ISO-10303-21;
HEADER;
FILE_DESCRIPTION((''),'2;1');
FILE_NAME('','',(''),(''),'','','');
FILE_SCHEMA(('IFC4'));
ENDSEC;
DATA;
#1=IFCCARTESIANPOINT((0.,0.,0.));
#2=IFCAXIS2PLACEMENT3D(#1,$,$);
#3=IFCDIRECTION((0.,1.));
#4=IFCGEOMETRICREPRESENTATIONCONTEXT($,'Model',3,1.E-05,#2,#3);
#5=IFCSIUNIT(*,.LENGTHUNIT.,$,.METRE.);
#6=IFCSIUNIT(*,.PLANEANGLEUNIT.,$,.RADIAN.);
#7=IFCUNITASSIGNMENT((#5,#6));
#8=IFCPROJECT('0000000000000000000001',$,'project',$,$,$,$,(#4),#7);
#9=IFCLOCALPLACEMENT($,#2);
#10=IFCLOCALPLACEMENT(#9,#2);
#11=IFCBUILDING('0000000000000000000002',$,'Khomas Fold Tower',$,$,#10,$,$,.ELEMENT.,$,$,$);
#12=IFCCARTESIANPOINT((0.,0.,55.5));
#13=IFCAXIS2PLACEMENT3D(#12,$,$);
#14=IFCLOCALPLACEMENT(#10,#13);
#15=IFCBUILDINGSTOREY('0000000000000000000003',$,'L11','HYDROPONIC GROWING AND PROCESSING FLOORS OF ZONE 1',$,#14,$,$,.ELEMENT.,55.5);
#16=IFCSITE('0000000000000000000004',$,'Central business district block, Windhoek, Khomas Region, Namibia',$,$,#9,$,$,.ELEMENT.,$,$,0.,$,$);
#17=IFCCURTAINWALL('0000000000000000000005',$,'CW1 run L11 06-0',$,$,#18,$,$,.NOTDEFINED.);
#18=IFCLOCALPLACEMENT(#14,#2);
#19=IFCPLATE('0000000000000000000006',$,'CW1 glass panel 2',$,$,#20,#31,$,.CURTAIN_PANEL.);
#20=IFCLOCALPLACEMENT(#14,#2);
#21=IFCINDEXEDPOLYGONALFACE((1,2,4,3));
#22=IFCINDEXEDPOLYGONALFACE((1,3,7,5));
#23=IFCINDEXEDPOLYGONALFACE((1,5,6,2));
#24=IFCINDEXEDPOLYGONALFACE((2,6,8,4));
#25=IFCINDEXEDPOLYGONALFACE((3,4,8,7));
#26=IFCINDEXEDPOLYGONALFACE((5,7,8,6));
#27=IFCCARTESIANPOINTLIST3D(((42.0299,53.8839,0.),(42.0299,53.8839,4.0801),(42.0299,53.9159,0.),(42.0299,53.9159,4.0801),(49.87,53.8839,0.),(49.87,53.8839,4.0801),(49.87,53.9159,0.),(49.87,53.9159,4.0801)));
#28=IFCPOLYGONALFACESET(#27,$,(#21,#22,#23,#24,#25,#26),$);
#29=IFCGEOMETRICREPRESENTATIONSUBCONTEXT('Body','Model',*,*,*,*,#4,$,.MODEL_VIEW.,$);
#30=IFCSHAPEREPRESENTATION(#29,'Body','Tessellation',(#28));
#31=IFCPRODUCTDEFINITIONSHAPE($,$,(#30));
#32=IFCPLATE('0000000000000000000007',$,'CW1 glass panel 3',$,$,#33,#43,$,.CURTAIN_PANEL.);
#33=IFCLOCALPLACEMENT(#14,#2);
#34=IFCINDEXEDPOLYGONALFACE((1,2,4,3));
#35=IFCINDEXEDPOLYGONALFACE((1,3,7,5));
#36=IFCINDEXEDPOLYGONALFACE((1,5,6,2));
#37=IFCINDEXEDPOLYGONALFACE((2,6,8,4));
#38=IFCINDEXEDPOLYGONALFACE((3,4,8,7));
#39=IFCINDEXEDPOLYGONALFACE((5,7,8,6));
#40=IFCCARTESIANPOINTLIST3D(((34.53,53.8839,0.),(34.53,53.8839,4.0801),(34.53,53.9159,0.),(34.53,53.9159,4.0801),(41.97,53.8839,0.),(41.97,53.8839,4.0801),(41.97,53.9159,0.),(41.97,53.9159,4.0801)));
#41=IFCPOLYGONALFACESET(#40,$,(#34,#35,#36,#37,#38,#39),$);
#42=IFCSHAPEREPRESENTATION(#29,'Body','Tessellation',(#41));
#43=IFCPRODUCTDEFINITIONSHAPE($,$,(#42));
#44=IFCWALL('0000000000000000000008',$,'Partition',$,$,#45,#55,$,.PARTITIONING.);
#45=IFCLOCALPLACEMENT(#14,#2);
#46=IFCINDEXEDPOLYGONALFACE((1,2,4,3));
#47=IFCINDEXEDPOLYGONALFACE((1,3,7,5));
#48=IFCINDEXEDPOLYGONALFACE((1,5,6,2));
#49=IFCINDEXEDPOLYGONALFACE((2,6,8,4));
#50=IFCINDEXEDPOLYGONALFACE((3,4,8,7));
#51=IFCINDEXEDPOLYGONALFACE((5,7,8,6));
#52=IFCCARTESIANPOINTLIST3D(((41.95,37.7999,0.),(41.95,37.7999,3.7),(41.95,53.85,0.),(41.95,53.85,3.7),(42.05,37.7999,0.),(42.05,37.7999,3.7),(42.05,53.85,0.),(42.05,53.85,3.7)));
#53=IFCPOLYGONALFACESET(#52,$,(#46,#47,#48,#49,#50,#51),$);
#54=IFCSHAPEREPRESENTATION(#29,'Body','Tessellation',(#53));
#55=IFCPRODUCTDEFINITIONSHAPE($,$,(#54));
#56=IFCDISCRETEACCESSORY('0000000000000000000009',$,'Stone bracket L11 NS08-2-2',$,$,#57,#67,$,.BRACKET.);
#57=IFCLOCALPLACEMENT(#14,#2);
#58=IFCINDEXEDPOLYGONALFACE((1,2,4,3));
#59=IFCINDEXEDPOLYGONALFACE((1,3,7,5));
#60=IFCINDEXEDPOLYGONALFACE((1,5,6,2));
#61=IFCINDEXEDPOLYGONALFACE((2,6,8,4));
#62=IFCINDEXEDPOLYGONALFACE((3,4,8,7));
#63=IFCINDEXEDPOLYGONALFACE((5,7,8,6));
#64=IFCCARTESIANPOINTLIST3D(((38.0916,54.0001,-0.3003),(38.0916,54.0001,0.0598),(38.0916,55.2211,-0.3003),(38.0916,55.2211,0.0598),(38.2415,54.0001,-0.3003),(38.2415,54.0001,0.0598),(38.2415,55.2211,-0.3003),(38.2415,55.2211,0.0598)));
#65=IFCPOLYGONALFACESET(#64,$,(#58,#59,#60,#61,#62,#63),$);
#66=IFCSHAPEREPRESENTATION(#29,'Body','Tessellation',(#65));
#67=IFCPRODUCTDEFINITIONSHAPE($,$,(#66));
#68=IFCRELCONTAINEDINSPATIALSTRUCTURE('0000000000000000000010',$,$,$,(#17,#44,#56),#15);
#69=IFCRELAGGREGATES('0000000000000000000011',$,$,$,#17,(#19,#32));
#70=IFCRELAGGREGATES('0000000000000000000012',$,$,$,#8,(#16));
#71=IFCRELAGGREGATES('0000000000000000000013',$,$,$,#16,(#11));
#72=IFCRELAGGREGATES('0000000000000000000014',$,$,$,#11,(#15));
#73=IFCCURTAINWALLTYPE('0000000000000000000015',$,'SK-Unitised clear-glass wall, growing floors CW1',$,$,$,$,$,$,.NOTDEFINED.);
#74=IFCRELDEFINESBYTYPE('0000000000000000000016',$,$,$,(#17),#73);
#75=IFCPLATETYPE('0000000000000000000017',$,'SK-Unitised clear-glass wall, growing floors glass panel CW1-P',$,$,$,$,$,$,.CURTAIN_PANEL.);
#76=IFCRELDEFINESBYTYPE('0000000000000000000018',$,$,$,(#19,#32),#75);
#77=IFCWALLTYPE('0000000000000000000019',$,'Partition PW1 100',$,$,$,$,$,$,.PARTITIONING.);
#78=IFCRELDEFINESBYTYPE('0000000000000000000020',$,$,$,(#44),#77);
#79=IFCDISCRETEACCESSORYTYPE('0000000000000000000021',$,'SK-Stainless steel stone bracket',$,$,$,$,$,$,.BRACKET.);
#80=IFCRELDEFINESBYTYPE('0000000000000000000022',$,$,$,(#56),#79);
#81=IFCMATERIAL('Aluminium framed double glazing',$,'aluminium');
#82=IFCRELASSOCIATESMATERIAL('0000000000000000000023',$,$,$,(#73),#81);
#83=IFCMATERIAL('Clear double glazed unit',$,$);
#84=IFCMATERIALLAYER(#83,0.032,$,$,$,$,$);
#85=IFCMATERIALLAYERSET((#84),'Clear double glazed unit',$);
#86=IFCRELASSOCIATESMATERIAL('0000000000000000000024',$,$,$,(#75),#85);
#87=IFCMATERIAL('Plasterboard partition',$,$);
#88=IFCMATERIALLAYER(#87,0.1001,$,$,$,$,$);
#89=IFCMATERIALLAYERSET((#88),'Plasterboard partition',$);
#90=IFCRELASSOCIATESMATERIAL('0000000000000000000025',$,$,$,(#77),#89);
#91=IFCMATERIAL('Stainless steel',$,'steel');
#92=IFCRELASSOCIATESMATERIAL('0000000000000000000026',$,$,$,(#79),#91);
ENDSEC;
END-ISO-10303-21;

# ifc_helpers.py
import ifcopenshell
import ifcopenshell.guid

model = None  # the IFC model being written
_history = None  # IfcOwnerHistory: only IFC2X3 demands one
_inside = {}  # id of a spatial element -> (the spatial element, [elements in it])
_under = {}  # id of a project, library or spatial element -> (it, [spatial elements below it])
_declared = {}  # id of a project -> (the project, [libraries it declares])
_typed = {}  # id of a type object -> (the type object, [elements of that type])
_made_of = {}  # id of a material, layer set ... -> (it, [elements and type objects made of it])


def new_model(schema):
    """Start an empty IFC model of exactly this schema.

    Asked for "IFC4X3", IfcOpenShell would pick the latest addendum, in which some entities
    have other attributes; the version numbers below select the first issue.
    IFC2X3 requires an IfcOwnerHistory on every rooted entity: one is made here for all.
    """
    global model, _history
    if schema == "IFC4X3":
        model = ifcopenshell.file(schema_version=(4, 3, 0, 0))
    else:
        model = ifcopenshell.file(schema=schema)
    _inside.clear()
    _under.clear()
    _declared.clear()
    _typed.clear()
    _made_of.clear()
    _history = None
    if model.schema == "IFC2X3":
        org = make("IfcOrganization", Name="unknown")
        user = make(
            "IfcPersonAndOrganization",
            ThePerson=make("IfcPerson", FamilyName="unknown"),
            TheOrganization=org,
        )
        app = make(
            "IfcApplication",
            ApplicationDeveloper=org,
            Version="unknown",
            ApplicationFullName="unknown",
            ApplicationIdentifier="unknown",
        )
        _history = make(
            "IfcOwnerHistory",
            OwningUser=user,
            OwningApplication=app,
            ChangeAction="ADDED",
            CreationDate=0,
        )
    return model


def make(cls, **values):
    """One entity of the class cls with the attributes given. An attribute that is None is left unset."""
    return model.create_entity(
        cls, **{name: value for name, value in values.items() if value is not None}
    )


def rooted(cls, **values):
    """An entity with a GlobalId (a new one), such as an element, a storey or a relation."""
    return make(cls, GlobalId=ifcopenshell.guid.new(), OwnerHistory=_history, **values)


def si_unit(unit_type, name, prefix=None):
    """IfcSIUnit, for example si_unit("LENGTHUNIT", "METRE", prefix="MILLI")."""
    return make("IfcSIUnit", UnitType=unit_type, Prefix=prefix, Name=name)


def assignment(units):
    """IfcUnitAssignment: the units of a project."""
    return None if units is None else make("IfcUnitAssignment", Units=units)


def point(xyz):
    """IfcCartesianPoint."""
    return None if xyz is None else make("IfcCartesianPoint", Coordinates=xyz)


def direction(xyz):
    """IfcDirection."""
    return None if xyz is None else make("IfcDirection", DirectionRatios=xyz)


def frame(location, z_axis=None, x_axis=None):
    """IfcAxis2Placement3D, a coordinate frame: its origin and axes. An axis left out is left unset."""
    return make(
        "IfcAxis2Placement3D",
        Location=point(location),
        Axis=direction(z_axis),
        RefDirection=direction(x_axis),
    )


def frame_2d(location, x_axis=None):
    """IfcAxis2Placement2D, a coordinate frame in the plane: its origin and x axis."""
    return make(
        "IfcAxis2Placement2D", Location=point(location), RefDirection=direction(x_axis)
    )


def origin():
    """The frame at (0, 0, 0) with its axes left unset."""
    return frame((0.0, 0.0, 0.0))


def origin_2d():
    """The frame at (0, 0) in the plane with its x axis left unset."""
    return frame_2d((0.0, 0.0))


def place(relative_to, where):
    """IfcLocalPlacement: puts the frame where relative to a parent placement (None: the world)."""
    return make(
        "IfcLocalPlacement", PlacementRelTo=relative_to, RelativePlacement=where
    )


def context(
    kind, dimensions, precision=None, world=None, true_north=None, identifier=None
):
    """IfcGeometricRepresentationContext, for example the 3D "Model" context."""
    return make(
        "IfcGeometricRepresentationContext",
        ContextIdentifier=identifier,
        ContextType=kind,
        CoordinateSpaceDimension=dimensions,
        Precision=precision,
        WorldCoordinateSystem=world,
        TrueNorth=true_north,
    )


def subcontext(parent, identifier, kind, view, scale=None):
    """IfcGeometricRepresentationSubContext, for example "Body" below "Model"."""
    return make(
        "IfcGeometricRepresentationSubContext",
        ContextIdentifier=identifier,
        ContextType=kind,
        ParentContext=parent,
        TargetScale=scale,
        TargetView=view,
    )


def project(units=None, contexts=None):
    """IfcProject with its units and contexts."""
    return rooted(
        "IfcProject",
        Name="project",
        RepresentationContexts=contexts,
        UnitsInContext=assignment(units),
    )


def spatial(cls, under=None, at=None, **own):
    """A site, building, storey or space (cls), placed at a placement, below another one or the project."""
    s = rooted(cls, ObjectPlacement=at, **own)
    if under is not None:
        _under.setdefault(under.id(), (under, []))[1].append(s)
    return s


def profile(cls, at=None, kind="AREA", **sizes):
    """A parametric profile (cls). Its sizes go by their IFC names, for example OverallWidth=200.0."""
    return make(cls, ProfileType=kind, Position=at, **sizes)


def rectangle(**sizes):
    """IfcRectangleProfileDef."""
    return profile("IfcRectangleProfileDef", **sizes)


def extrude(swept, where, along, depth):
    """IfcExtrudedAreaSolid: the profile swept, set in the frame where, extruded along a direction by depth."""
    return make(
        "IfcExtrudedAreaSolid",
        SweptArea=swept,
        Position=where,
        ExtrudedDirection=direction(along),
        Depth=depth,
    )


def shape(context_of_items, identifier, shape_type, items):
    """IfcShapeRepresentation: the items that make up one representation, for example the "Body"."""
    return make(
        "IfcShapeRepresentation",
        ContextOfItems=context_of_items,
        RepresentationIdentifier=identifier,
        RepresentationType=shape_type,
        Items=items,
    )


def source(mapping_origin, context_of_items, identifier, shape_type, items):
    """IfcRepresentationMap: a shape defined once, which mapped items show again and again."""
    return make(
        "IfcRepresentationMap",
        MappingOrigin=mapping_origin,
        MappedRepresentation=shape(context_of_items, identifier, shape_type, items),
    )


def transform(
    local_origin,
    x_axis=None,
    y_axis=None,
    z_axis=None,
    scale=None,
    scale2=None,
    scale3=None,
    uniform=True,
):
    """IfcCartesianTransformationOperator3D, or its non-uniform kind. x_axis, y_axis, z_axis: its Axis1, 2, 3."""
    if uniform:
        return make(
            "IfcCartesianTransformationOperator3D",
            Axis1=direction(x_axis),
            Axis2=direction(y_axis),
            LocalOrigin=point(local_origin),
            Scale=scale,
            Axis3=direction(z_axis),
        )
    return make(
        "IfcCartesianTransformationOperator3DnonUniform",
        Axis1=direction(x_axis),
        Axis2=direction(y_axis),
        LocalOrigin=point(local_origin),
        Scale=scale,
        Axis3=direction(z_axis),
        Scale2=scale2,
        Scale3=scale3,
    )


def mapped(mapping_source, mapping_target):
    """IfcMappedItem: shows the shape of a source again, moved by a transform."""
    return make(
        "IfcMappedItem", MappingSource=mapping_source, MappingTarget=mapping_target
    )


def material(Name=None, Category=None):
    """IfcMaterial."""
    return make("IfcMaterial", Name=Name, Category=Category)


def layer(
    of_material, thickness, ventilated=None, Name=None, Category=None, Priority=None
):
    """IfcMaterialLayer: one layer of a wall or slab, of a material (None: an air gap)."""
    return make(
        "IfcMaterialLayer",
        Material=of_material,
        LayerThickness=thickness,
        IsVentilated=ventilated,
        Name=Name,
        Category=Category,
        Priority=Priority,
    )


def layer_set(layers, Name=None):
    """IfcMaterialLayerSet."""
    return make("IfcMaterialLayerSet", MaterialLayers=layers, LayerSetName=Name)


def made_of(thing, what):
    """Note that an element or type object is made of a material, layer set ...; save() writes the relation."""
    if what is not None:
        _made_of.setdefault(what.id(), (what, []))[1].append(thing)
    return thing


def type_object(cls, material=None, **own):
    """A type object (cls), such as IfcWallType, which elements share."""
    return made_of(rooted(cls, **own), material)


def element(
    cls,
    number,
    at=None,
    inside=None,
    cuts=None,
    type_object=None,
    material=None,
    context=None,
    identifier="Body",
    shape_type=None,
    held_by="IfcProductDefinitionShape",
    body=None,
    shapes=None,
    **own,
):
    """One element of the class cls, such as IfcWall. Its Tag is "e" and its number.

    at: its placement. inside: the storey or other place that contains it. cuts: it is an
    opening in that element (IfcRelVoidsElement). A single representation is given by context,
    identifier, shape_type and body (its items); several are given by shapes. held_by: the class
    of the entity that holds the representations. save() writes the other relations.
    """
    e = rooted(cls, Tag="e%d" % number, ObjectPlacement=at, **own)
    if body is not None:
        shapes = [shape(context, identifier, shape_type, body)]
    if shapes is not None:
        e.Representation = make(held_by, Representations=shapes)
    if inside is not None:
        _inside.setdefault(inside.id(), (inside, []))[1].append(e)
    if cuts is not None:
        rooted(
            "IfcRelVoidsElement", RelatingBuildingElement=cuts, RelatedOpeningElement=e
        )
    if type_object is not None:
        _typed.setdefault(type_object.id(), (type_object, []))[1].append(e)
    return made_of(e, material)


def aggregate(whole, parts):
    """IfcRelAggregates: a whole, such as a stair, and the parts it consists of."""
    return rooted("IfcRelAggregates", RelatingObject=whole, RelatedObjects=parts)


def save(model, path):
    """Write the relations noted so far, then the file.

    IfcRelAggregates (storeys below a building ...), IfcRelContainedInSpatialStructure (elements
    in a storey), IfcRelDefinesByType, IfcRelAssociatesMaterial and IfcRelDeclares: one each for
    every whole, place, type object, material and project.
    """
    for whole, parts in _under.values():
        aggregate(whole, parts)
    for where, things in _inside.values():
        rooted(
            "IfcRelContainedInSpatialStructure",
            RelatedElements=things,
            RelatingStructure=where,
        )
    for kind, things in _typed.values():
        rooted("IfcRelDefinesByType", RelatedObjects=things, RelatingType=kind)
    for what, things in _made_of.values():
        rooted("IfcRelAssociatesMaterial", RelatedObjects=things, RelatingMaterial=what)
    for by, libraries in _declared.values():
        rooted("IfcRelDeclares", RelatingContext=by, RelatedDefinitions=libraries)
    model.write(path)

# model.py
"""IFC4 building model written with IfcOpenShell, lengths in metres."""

from ifc_helpers import new_model, si_unit, direction, frame, frame_2d, origin, origin_2d, place, context, subcontext, project, spatial, rectangle, extrude, source, transform, mapped, material, layer, layer_set, type_object, element, aggregate, save


model = new_model("IFC4")

# Units and contexts
model_context = context("Model", 3, precision=1e-05, world=origin(), true_north=direction((0.0, 1.0)))
body_context = subcontext(model_context, "Body", "Model", "MODEL_VIEW")
ifc_project = project(units=[si_unit("LENGTHUNIT", "METRE"), si_unit("PLANEANGLEUNIT", "RADIAN")], contexts=[model_context])

# Site, building, storey
site_placement = place(None, origin())
site = spatial("IfcSite", under=ifc_project, at=site_placement, Name="Central business district block, Windhoek, Khomas Region, Namibia", CompositionType="ELEMENT", RefElevation=0.0)
building_placement = place(site_placement, origin())
building = spatial("IfcBuilding", under=site, at=building_placement, Name="Khomas Fold Tower", CompositionType="ELEMENT")
storey_placement = place(building_placement, frame((0.0, 0.0, 55.5)))
storey = spatial("IfcBuildingStorey", under=building, at=storey_placement, Name="L11", Description="HYDROPONIC GROWING AND PROCESSING FLOORS OF ZONE 1", CompositionType="ELEMENT", Elevation=55.5)

# Curtain wall
ifc_material_1 = material(Name="Aluminium framed double glazing", Category="aluminium")
curtain_wall_type = type_object("IfcCurtainWallType", Name="SK-Unitised clear-glass wall, growing floors CW1", PredefinedType="NOTDEFINED", material=ifc_material_1)
curtain_wall_1_placement = place(storey_placement, origin())
curtain_wall_1 = element("IfcCurtainWall", 1, at=curtain_wall_1_placement, inside=storey, type_object=curtain_wall_type, Name="CW1 run L11 06-0", PredefinedType="NOTDEFINED")

# Plates
ifc_material_2 = material(Name="Clear double glazed unit")
ifc_layer_1 = layer(ifc_material_2, 0.032)
ifc_layer_set_1 = layer_set([ifc_layer_1], Name="Clear double glazed unit")
plate_type = type_object("IfcPlateType", Name="SK-Unitised clear-glass wall, growing floors glass panel CW1-P", PredefinedType="CURTAIN_PANEL", material=ifc_layer_set_1)
shared_shape_1 = source(origin(), body_context, "Body", "SweptSolid", [
    extrude(rectangle(XDim=7.8401, YDim=0.032, at=origin_2d()), origin(), (0.0, 0.0, 1.0), 4.0801),
])
plate_1_placement = place(storey_placement, frame((45.95, 53.8999, 0.0), z_axis=(0.0, 0.0, 1.0), x_axis=(-1.0, 0.0, 0.0)))
plate_1 = element("IfcPlate", 2, at=plate_1_placement, type_object=plate_type, Name="CW1 glass panel 2", PredefinedType="CURTAIN_PANEL", context=body_context, shape_type="MappedRepresentation", body=[
    mapped(shared_shape_1, transform((0.0, 0.0, 0.0))),
])
shared_shape_2 = source(origin(), body_context, "Body", "SweptSolid", [
    extrude(rectangle(XDim=7.4399, YDim=0.032, at=origin_2d()), origin(), (0.0, 0.0, 1.0), 4.0801),
])
plate_2_placement = place(storey_placement, frame((38.25, 53.8999, 0.0), z_axis=(0.0, 0.0, 1.0), x_axis=(-1.0, 0.0, 0.0)))
plate_2 = element("IfcPlate", 3, at=plate_2_placement, type_object=plate_type, Name="CW1 glass panel 3", PredefinedType="CURTAIN_PANEL", context=body_context, shape_type="MappedRepresentation", body=[
    mapped(shared_shape_2, transform((0.0, 0.0, 0.0))),
])
aggregate(curtain_wall_1, [plate_1, plate_2])

# Wall
ifc_material_3 = material(Name="Plasterboard partition")
ifc_layer_2 = layer(ifc_material_3, 0.1001)
ifc_layer_set_2 = layer_set([ifc_layer_2], Name="Plasterboard partition")
wall_type = type_object("IfcWallType", Name="Partition PW1 100", PredefinedType="PARTITIONING", material=ifc_layer_set_2)
shared_shape_3 = source(origin(), body_context, "Body", "SweptSolid", [
    extrude(rectangle(XDim=16.05, YDim=0.1001, at=frame_2d((8.0249, 0.0))), origin(), (0.0, 0.0, 1.0), 3.7),
])
wall_placement = place(storey_placement, frame((42.0, 37.8, 0.0), z_axis=(0.0, 0.0, 1.0), x_axis=(0.0, 1.0, 0.0)))
element("IfcWall", 4, at=wall_placement, inside=storey, type_object=wall_type, Name="Partition", PredefinedType="PARTITIONING", context=body_context, shape_type="MappedRepresentation", body=[
    mapped(shared_shape_3, transform((0.0, 0.0, 0.0))),
])

# Discrete accessory
ifc_material_4 = material(Name="Stainless steel", Category="steel")
discrete_accessory_type = type_object("IfcDiscreteAccessoryType", Name="SK-Stainless steel stone bracket", PredefinedType="BRACKET", material=ifc_material_4)
shared_shape_4 = source(origin(), body_context, "Body", "SweptSolid", [
    extrude(rectangle(XDim=1.2209, YDim=0.1499, at=origin_2d()), origin(), (0.0, 0.0, 1.0), 0.3601),
])
discrete_accessory_placement = place(storey_placement, frame((38.1665, 54.6106, -0.3003), z_axis=(0.0, 0.0, 1.0), x_axis=(0.0, 1.0, 0.0)))
element("IfcDiscreteAccessory", 5, at=discrete_accessory_placement, inside=storey, type_object=discrete_accessory_type, Name="Stone bracket L11 NS08-2-2", PredefinedType="BRACKET", context=body_context, shape_type="MappedRepresentation", body=[
    mapped(shared_shape_4, transform((0.0, 0.0, 0.0))),
])

save(model, "model.ifc")
